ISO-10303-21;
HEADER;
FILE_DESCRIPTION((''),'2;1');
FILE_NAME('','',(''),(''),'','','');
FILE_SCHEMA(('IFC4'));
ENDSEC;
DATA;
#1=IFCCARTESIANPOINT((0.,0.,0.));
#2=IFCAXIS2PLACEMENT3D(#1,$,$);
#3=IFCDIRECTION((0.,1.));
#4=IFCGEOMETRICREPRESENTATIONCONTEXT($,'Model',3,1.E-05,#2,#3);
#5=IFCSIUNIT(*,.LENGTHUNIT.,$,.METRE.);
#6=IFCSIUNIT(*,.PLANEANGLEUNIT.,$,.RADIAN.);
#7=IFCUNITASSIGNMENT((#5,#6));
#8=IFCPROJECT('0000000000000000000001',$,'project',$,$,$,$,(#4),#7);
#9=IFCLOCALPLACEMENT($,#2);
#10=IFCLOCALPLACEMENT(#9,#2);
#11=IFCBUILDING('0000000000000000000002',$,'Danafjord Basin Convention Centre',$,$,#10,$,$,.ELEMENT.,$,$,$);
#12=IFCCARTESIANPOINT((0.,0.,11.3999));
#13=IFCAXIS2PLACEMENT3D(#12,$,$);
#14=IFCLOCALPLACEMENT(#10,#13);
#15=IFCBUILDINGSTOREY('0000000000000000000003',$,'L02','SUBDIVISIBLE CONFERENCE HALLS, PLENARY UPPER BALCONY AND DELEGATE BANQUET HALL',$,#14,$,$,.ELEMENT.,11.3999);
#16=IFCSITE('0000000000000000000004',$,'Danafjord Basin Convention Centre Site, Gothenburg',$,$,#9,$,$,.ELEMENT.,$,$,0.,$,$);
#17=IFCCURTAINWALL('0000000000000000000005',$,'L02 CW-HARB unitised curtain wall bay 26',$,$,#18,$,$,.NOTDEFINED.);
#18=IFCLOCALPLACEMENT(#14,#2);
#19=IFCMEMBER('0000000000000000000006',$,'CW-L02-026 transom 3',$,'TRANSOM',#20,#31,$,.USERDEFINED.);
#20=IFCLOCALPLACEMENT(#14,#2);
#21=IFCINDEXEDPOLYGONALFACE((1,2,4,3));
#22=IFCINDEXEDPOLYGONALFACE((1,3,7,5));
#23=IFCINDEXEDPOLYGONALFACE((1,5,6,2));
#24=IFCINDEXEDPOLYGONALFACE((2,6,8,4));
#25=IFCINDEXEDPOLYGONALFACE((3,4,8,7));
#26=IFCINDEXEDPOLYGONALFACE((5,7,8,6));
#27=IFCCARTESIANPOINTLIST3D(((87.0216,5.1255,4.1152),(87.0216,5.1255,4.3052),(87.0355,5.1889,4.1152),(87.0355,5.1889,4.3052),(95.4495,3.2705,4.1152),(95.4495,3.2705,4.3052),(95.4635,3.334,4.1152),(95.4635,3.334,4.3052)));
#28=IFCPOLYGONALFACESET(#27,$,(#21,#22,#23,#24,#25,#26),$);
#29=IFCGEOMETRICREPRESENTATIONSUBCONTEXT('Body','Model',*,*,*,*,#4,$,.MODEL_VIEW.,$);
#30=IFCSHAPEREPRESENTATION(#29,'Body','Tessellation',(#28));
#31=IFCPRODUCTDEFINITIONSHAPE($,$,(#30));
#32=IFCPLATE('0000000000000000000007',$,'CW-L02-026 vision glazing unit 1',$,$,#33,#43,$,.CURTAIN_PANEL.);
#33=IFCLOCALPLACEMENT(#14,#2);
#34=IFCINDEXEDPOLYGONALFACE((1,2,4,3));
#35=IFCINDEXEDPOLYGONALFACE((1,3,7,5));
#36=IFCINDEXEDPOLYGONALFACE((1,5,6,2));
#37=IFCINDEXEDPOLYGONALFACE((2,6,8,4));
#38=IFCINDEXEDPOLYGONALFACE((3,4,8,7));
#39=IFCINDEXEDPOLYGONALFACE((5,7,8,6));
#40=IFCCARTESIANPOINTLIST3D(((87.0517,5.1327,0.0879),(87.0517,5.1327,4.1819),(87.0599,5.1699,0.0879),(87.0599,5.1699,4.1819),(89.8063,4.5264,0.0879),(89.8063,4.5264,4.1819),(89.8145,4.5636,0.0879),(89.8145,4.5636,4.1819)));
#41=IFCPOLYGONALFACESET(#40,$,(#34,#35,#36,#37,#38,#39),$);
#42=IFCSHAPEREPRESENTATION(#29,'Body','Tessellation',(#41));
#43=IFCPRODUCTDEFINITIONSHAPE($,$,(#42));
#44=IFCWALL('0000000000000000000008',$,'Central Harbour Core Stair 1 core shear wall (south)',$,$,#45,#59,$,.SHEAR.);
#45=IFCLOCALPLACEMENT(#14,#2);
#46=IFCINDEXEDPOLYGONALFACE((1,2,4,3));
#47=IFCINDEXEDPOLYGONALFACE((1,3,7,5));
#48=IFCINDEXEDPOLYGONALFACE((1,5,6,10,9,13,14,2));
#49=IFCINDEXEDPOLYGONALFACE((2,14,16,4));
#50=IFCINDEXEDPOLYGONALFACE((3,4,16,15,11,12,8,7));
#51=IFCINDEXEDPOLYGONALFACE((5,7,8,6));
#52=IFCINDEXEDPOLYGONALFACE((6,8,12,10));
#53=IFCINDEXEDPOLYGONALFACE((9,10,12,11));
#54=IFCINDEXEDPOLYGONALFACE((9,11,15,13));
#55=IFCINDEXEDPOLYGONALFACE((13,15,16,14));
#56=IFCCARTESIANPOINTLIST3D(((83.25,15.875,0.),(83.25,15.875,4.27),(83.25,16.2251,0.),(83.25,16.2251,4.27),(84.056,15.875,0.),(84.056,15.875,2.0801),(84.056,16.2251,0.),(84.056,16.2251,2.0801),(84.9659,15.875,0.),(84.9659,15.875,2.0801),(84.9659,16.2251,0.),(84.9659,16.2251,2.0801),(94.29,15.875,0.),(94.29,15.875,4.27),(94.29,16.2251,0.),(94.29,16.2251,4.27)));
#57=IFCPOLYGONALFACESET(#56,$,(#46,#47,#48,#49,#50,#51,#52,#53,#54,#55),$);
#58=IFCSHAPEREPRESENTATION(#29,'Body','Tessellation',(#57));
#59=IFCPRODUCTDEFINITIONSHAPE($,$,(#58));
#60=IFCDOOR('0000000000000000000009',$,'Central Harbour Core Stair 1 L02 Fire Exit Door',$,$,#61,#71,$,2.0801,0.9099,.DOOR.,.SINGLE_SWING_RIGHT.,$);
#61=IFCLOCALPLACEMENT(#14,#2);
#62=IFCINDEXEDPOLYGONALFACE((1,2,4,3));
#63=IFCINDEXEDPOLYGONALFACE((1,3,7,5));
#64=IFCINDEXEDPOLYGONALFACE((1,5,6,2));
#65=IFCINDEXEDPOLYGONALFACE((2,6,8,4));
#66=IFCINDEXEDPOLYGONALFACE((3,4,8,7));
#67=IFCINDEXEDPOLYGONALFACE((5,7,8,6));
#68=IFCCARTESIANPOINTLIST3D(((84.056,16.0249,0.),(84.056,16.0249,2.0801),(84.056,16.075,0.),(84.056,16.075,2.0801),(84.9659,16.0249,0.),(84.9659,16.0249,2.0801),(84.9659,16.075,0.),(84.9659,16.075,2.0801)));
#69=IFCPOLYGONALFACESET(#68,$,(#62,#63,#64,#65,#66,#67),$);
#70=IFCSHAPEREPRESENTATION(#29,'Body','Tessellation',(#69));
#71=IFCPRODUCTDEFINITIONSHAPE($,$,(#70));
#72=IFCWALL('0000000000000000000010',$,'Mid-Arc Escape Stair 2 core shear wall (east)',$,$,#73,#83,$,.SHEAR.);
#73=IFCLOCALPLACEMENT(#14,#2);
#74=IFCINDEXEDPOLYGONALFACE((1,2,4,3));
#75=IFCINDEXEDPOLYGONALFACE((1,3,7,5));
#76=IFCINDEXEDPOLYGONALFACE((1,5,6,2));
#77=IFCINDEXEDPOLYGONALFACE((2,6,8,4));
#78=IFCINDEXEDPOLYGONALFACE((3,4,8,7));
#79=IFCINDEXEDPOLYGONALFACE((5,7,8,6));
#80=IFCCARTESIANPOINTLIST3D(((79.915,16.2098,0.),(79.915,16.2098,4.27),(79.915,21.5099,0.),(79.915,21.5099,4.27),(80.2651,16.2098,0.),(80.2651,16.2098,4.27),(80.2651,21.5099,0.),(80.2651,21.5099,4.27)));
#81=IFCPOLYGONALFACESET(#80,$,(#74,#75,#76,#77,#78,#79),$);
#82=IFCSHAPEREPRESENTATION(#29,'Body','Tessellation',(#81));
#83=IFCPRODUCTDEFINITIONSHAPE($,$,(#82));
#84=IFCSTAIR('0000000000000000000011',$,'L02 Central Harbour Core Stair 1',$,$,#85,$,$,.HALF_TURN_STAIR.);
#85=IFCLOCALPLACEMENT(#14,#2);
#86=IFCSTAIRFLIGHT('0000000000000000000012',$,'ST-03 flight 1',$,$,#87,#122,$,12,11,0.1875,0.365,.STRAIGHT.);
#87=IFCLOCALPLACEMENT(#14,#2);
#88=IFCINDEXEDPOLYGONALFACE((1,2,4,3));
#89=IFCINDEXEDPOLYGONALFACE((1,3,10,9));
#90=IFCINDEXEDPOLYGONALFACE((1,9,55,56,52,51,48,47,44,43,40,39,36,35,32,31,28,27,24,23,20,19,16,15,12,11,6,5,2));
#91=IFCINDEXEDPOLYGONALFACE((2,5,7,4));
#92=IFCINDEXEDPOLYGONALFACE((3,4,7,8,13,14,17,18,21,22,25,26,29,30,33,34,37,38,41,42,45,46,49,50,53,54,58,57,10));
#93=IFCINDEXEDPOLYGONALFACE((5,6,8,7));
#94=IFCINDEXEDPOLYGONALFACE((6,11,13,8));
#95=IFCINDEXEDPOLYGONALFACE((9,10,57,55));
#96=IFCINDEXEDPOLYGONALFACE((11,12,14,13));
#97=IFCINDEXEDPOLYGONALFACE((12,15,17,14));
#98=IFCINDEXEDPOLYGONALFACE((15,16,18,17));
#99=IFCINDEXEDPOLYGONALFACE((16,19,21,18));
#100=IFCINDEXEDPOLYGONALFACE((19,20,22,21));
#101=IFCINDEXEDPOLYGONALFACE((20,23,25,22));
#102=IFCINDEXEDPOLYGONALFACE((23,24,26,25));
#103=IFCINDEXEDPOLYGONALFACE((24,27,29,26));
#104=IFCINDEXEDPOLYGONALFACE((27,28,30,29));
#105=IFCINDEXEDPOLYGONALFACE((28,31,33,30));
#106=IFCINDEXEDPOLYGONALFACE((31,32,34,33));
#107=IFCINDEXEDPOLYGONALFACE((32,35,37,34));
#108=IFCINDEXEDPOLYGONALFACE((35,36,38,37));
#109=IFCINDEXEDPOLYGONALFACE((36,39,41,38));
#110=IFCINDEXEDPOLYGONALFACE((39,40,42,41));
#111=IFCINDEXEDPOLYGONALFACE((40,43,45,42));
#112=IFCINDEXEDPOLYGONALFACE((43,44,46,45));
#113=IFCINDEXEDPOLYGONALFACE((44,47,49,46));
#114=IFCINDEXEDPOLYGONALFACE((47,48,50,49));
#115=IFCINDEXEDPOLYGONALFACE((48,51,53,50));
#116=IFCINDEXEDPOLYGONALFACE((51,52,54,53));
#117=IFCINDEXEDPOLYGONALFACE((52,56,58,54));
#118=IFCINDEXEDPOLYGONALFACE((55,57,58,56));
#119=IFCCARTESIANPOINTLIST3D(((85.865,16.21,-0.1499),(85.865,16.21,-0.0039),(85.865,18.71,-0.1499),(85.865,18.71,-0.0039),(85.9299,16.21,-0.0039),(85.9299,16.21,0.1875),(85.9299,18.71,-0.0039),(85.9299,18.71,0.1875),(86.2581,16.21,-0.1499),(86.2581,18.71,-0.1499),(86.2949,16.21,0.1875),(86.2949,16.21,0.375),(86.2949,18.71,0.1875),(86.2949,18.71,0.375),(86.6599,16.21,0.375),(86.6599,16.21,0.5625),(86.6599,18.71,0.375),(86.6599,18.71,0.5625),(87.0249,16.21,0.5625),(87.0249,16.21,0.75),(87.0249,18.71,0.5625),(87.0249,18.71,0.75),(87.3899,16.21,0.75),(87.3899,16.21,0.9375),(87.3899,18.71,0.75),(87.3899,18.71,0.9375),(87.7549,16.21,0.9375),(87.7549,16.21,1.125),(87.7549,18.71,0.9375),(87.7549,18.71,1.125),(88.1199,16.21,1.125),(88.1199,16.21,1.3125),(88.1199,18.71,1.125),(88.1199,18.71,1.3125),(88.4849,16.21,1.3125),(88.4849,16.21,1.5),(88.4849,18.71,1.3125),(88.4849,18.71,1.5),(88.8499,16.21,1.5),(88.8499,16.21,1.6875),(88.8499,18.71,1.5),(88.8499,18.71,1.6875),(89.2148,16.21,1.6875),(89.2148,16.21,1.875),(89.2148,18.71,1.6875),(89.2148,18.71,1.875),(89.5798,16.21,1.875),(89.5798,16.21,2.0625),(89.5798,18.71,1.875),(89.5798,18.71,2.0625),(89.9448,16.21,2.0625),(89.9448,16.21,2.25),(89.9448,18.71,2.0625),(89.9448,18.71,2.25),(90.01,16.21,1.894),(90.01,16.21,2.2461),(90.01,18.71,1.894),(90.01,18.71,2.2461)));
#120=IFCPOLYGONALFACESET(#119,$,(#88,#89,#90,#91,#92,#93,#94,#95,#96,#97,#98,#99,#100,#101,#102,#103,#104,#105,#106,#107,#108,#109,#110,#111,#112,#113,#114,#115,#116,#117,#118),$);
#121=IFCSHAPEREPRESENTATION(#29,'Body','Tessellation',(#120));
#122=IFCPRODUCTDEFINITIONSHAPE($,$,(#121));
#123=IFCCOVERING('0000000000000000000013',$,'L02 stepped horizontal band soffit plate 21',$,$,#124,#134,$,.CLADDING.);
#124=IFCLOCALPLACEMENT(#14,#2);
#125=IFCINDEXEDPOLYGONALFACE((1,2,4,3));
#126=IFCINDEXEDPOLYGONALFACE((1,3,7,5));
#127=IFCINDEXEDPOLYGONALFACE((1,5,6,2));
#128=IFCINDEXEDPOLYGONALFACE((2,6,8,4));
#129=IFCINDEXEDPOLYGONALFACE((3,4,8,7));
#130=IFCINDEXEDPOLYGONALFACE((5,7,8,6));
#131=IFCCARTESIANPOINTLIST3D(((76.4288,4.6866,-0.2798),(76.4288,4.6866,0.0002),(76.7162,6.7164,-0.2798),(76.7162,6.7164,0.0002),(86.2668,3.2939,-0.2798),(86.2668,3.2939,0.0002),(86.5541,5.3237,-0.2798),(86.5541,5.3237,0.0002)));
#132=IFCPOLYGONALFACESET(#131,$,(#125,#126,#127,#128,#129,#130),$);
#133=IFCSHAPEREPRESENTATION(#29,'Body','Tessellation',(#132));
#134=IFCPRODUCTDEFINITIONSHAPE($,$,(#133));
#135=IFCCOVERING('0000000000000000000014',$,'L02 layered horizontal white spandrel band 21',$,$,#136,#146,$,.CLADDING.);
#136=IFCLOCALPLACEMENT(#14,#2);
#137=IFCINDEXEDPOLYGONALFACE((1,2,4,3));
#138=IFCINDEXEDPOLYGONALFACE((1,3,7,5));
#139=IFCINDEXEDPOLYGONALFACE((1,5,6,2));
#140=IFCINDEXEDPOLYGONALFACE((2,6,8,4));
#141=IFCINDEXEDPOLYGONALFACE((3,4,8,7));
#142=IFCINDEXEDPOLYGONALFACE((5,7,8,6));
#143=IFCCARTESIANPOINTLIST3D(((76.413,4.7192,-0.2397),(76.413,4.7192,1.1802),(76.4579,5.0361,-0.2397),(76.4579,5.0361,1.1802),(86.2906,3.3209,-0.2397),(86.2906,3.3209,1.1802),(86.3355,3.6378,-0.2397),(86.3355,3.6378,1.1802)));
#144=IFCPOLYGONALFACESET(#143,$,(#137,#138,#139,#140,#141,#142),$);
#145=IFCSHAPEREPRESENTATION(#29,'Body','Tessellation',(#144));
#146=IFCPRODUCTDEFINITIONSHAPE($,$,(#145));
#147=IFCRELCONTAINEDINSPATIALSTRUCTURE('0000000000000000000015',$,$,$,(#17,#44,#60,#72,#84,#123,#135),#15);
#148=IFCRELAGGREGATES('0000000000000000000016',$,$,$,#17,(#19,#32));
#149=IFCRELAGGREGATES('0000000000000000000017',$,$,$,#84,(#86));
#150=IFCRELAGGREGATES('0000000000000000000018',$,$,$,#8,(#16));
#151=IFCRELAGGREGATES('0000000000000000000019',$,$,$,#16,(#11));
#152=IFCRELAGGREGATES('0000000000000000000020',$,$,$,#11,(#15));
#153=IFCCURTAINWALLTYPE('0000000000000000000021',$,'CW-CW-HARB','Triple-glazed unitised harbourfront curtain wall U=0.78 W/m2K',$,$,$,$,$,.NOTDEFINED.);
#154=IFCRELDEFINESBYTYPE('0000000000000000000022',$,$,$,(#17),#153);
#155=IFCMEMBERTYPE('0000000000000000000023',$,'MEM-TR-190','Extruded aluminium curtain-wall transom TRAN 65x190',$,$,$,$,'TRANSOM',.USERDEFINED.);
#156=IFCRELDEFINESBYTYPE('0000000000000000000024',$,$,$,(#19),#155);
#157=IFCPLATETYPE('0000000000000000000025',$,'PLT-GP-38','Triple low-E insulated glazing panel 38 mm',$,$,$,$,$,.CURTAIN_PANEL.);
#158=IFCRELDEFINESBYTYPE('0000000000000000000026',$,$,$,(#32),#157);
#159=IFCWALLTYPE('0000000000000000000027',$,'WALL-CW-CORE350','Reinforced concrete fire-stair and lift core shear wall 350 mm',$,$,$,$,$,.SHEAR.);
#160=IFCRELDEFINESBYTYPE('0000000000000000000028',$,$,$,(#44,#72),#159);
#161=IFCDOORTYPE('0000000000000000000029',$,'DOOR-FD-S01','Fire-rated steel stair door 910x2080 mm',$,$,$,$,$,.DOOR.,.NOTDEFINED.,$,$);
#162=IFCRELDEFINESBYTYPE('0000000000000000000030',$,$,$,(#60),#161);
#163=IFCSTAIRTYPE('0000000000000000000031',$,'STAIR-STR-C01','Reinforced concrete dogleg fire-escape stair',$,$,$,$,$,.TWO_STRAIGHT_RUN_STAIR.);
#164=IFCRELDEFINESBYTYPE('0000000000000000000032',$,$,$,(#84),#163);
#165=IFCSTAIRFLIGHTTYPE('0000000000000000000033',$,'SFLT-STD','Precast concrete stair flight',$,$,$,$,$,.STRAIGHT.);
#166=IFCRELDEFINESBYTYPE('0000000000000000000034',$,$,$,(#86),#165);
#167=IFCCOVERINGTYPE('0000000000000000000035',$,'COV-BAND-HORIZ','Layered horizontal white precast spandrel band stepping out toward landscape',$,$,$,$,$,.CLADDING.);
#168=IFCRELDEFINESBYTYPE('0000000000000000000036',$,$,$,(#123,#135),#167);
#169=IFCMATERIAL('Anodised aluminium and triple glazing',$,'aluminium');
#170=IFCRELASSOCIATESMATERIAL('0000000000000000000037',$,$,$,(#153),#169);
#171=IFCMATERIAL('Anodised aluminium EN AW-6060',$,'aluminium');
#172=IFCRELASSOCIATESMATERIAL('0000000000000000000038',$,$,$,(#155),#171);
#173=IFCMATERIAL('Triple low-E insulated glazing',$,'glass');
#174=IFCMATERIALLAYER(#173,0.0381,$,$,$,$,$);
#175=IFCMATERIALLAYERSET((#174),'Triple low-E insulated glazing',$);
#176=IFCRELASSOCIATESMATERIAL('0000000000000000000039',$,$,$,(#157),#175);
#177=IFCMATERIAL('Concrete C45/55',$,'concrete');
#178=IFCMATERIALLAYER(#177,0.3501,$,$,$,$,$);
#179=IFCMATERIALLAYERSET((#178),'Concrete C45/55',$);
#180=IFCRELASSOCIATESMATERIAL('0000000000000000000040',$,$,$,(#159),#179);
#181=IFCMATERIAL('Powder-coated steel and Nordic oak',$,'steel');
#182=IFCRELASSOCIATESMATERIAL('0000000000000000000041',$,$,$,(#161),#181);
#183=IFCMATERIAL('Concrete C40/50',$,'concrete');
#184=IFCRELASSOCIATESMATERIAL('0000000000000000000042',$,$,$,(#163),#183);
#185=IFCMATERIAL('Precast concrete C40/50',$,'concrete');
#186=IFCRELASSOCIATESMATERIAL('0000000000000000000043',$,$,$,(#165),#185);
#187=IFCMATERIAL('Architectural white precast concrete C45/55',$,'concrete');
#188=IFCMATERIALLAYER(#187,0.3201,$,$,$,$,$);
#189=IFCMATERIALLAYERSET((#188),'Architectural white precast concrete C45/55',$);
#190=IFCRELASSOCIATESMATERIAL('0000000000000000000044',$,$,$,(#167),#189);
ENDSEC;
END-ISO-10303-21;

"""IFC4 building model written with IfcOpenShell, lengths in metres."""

from ifc_helpers import new_model, si_unit, direction, frame, frame_2d, origin, origin_2d, place, context, subcontext, project, spatial, polyline, rectangle, outline, extrude, material, layer, layer_set, material_profile, profile_set, type_object, element, fill, aggregate, save


model = new_model("IFC4")

# Units and contexts
model_context = context("Model", 3, precision=1e-05, world=origin(), true_north=direction((0.0, 1.0)))
body_context = subcontext(model_context, "Body", "Model", "MODEL_VIEW")
ifc_project = project(units=[si_unit("LENGTHUNIT", "METRE"), si_unit("PLANEANGLEUNIT", "RADIAN")], contexts=[model_context])

# Site, building, storey
site_placement = place(None, origin())
site = spatial("IfcSite", under=ifc_project, at=site_placement, Name="Danafjord Basin Convention Centre Site, Gothenburg", CompositionType="ELEMENT", RefElevation=0.0)
building_placement = place(site_placement, origin())
building = spatial("IfcBuilding", under=site, at=building_placement, Name="Danafjord Basin Convention Centre", CompositionType="ELEMENT")
storey_placement = place(building_placement, frame((0.0, 0.0, 11.3999)))
storey = spatial("IfcBuildingStorey", under=building, at=storey_placement, Name="L02", Description="SUBDIVISIBLE CONFERENCE HALLS, PLENARY UPPER BALCONY AND DELEGATE BANQUET HALL", CompositionType="ELEMENT", Elevation=11.3999)

# Curtain wall, member, plate
ifc_material_1 = material(Name="Anodised aluminium and triple glazing", Category="aluminium")
curtain_wall_type = type_object("IfcCurtainWallType", Name="CW-CW-HARB", Description="Triple-glazed unitised harbourfront curtain wall U=0.78 W/m2K", PredefinedType="NOTDEFINED", material=ifc_material_1)
curtain_wall_placement = place(storey_placement, origin())
curtain_wall = element("IfcCurtainWall", 1, at=curtain_wall_placement, inside=storey, type_object=curtain_wall_type, Name="L02 CW-HARB unitised curtain wall bay 26", PredefinedType="NOTDEFINED")
ifc_material_2 = material(Name="Anodised aluminium EN AW-6060", Category="aluminium")
ifc_material_profile_1 = material_profile(ifc_material_2, rectangle(XDim=0.0649, YDim=0.1899, at=origin_2d()), Name="TRAN 65x190")
ifc_profile_set_1 = profile_set([ifc_material_profile_1], Name="Anodised aluminium EN AW-6060")
member_type_1 = type_object("IfcMemberType", Name="MEM-TR-190", Description="Extruded aluminium curtain-wall transom TRAN 65x190", ElementType="TRANSOM", PredefinedType="USERDEFINED", material=ifc_profile_set_1)
member_1_placement = place(storey_placement, frame((87.0286, 5.1572, 4.2102), z_axis=(0.976624, -0.214953, 0.0), x_axis=(0.214953, 0.976624, 0.0)))
member_1 = element("IfcMember", 2, at=member_1_placement, type_object=member_type_1, Name="CW-L02-026 transom 3", ObjectType="TRANSOM", PredefinedType="USERDEFINED", context=body_context, shape_type="SweptSolid", body=[
    extrude(rectangle(XDim=0.0649, YDim=0.1899, at=origin_2d()), origin(), (0.0, 0.0, 1.0), 8.6296),
])
ifc_material_3 = material(Name="Triple low-E insulated glazing", Category="glass")
ifc_layer_1 = layer(ifc_material_3, 0.0381)
ifc_layer_set_1 = layer_set([ifc_layer_1], Name="Triple low-E insulated glazing")
plate_type = type_object("IfcPlateType", Name="PLT-GP-38", Description="Triple low-E insulated glazing panel 38 mm", PredefinedType="CURTAIN_PANEL", material=ifc_layer_set_1)
plate_placement = place(storey_placement, frame((88.4331, 4.8481, 0.0879), z_axis=(0.0, 0.0, 1.0), x_axis=(0.976623, -0.214959, 0.0)))
plate = element("IfcPlate", 3, at=plate_placement, type_object=plate_type, Name="CW-L02-026 vision glazing unit 1", PredefinedType="CURTAIN_PANEL", context=body_context, shape_type="SweptSolid", body=[
    extrude(rectangle(XDim=2.8206, YDim=0.0381, at=origin_2d()), origin(), (0.0, 0.0, 1.0), 4.094),
])
aggregate(curtain_wall, [member_1, plate])

# Wall, opening, door
ifc_material_4 = material(Name="Concrete C45/55", Category="concrete")
ifc_layer_2 = layer(ifc_material_4, 0.3501)
ifc_layer_set_2 = layer_set([ifc_layer_2], Name="Concrete C45/55")
wall_type = type_object("IfcWallType", Name="WALL-CW-CORE350", Description="Reinforced concrete fire-stair and lift core shear wall 350 mm", PredefinedType="SHEAR", material=ifc_layer_set_2)
wall_1_placement = place(storey_placement, frame((83.25, 16.05, 0.0), z_axis=(0.0, 0.0, 1.0), x_axis=(1.0, 0.0, 0.0)))
wall_1 = element("IfcWall", 4, at=wall_1_placement, inside=storey, type_object=wall_type, Name="Central Harbour Core Stair 1 core shear wall (south)", PredefinedType="SHEAR", context=body_context, shape_type="SweptSolid", body=[
    extrude(rectangle(XDim=11.04, YDim=0.3501, at=frame_2d((5.52, 0.0))), origin(), (0.0, 0.0, 1.0), 4.27),
])
opening_placement = place(wall_1_placement, frame((0.8059, 0.0, 0.0)))
opening = element("IfcOpeningElement", 5, at=opening_placement, cuts=wall_1, PredefinedType="OPENING", context=body_context, shape_type="SweptSolid", body=[
    extrude(rectangle(XDim=0.9099, YDim=2.0801, at=frame_2d((0.4551, 1.04))), frame((0.0, 0.1851, 0.0), z_axis=(0.0, -1.0, 0.0), x_axis=(1.0, 0.0, 0.0)), (0.0, 0.0, 1.0), 0.3701),
])
ifc_material_5 = material(Name="Powder-coated steel and Nordic oak", Category="steel")
door_type = type_object("IfcDoorType", Name="DOOR-FD-S01", Description="Fire-rated steel stair door 910x2080 mm", OperationType="NOTDEFINED", PredefinedType="DOOR", material=ifc_material_5)
door_placement = place(opening_placement, origin())
door = element("IfcDoor", 6, at=door_placement, inside=storey, type_object=door_type, Name="Central Harbour Core Stair 1 L02 Fire Exit Door", OperationType="SINGLE_SWING_RIGHT", OverallHeight=2.0801, OverallWidth=0.9099, PredefinedType="DOOR", context=body_context, shape_type="SweptSolid", body=[
    extrude(rectangle(XDim=0.9099, YDim=2.0801, at=frame_2d((0.4551, 1.04))), frame((0.0, 0.0249, 0.0), z_axis=(0.0, -1.0, 0.0), x_axis=(1.0, 0.0, 0.0)), (0.0, 0.0, 1.0), 0.05),
])
fill(opening, door)

# Wall
wall_2_placement = place(storey_placement, frame((80.0901, 16.21, 0.0), z_axis=(0.0, 0.0, 1.0), x_axis=(0.0, 1.0, 0.0)))
element("IfcWall", 7, at=wall_2_placement, inside=storey, type_object=wall_type, Name="Mid-Arc Escape Stair 2 core shear wall (east)", PredefinedType="SHEAR", context=body_context, shape_type="SweptSolid", body=[
    extrude(rectangle(XDim=5.3, YDim=0.3501, at=frame_2d((2.6499, 0.0))), origin(), (0.0, 0.0, 1.0), 4.27),
])

# Stair, stair flight
ifc_material_6 = material(Name="Concrete C40/50", Category="concrete")
stair_type = type_object("IfcStairType", Name="STAIR-STR-C01", Description="Reinforced concrete dogleg fire-escape stair", PredefinedType="TWO_STRAIGHT_RUN_STAIR", material=ifc_material_6)
stair_placement = place(storey_placement, origin())
stair = element("IfcStair", 8, at=stair_placement, inside=storey, type_object=stair_type, Name="L02 Central Harbour Core Stair 1", PredefinedType="HALF_TURN_STAIR")
ifc_material_7 = material(Name="Precast concrete C40/50", Category="concrete")
stair_flight_type = type_object("IfcStairFlightType", Name="SFLT-STD", Description="Precast concrete stair flight", PredefinedType="STRAIGHT", material=ifc_material_7)
stair_flight_placement = place(storey_placement, frame((85.9299, 17.46, 0.0), z_axis=(0.0, 0.0, 1.0), x_axis=(1.0, 0.0, 0.0)))
stair_flight = element("IfcStairFlight", 9, at=stair_flight_placement, type_object=stair_flight_type, Name="ST-03 flight 1", NumberOfRisers=12, NumberOfTreads=11, PredefinedType="STRAIGHT", RiserHeight=0.1875, TreadLength=0.365, context=body_context, shape_type="SweptSolid", body=[
    extrude(outline(polyline([(-0.0649, -0.1499), (-0.0649, -0.0039), (0.0, -0.0039), (0.0, 0.1875), (0.365, 0.1875), (0.365, 0.375), (0.73, 0.375), (0.73, 0.5625), (1.095, 0.5625), (1.095, 0.75), (1.46, 0.75), (1.46, 0.9375), (1.825, 0.9375), (1.825, 1.125), (2.1899, 1.125), (2.1899, 1.3125), (2.5549, 1.3125), (2.5549, 1.5), (2.9199, 1.5), (2.9199, 1.6875), (3.2849, 1.6875), (3.2849, 1.875), (3.6499, 1.875), (3.6499, 2.0625), (4.0149, 2.0625), (4.0149, 2.25), (4.0801, 2.2461), (4.0801, 1.894), (0.3281, -0.1499), (-0.0649, -0.1499)])), frame((0.0, 1.25, 0.0), z_axis=(0.0, -1.0, 0.0), x_axis=(1.0, 0.0, 0.0)), (0.0, 0.0, 1.0), 2.5),
])
aggregate(stair, [stair_flight])

# Coverings
ifc_material_8 = material(Name="Architectural white precast concrete C45/55", Category="concrete")
ifc_layer_3 = layer(ifc_material_8, 0.3201)
ifc_layer_set_3 = layer_set([ifc_layer_3], Name="Architectural white precast concrete C45/55")
covering_type = type_object("IfcCoveringType", Name="COV-BAND-HORIZ", Description="Layered horizontal white precast spandrel band stepping out toward landscape", PredefinedType="CLADDING", material=ifc_layer_set_3)
covering_1_placement = place(storey_placement, frame((81.4915, 5.0051, -0.2798), z_axis=(0.0, 0.0, 1.0), x_axis=(0.990128, -0.140165, 0.0)))
element("IfcCovering", 10, at=covering_1_placement, inside=storey, type_object=covering_type, Name="L02 stepped horizontal band soffit plate 21", PredefinedType="CLADDING", context=body_context, shape_type="SweptSolid", body=[
    extrude(rectangle(XDim=9.936, YDim=2.05, at=origin_2d()), origin(), (0.0, 0.0, 1.0), 0.28),
])
covering_2_placement = place(storey_placement, frame((81.3743, 4.1785, -0.2397), z_axis=(0.0, 0.0, 1.0), x_axis=(0.990128, -0.140165, 0.0)))
element("IfcCovering", 11, at=covering_2_placement, inside=storey, type_object=covering_type, Name="L02 layered horizontal white spandrel band 21", PredefinedType="CLADDING", context=body_context, shape_type="SweptSolid", body=[
    extrude(rectangle(XDim=9.9761, YDim=0.3201, at=origin_2d()), origin(), (0.0, 0.0, 1.0), 1.4199),
])

save(model, "model.ifc")
